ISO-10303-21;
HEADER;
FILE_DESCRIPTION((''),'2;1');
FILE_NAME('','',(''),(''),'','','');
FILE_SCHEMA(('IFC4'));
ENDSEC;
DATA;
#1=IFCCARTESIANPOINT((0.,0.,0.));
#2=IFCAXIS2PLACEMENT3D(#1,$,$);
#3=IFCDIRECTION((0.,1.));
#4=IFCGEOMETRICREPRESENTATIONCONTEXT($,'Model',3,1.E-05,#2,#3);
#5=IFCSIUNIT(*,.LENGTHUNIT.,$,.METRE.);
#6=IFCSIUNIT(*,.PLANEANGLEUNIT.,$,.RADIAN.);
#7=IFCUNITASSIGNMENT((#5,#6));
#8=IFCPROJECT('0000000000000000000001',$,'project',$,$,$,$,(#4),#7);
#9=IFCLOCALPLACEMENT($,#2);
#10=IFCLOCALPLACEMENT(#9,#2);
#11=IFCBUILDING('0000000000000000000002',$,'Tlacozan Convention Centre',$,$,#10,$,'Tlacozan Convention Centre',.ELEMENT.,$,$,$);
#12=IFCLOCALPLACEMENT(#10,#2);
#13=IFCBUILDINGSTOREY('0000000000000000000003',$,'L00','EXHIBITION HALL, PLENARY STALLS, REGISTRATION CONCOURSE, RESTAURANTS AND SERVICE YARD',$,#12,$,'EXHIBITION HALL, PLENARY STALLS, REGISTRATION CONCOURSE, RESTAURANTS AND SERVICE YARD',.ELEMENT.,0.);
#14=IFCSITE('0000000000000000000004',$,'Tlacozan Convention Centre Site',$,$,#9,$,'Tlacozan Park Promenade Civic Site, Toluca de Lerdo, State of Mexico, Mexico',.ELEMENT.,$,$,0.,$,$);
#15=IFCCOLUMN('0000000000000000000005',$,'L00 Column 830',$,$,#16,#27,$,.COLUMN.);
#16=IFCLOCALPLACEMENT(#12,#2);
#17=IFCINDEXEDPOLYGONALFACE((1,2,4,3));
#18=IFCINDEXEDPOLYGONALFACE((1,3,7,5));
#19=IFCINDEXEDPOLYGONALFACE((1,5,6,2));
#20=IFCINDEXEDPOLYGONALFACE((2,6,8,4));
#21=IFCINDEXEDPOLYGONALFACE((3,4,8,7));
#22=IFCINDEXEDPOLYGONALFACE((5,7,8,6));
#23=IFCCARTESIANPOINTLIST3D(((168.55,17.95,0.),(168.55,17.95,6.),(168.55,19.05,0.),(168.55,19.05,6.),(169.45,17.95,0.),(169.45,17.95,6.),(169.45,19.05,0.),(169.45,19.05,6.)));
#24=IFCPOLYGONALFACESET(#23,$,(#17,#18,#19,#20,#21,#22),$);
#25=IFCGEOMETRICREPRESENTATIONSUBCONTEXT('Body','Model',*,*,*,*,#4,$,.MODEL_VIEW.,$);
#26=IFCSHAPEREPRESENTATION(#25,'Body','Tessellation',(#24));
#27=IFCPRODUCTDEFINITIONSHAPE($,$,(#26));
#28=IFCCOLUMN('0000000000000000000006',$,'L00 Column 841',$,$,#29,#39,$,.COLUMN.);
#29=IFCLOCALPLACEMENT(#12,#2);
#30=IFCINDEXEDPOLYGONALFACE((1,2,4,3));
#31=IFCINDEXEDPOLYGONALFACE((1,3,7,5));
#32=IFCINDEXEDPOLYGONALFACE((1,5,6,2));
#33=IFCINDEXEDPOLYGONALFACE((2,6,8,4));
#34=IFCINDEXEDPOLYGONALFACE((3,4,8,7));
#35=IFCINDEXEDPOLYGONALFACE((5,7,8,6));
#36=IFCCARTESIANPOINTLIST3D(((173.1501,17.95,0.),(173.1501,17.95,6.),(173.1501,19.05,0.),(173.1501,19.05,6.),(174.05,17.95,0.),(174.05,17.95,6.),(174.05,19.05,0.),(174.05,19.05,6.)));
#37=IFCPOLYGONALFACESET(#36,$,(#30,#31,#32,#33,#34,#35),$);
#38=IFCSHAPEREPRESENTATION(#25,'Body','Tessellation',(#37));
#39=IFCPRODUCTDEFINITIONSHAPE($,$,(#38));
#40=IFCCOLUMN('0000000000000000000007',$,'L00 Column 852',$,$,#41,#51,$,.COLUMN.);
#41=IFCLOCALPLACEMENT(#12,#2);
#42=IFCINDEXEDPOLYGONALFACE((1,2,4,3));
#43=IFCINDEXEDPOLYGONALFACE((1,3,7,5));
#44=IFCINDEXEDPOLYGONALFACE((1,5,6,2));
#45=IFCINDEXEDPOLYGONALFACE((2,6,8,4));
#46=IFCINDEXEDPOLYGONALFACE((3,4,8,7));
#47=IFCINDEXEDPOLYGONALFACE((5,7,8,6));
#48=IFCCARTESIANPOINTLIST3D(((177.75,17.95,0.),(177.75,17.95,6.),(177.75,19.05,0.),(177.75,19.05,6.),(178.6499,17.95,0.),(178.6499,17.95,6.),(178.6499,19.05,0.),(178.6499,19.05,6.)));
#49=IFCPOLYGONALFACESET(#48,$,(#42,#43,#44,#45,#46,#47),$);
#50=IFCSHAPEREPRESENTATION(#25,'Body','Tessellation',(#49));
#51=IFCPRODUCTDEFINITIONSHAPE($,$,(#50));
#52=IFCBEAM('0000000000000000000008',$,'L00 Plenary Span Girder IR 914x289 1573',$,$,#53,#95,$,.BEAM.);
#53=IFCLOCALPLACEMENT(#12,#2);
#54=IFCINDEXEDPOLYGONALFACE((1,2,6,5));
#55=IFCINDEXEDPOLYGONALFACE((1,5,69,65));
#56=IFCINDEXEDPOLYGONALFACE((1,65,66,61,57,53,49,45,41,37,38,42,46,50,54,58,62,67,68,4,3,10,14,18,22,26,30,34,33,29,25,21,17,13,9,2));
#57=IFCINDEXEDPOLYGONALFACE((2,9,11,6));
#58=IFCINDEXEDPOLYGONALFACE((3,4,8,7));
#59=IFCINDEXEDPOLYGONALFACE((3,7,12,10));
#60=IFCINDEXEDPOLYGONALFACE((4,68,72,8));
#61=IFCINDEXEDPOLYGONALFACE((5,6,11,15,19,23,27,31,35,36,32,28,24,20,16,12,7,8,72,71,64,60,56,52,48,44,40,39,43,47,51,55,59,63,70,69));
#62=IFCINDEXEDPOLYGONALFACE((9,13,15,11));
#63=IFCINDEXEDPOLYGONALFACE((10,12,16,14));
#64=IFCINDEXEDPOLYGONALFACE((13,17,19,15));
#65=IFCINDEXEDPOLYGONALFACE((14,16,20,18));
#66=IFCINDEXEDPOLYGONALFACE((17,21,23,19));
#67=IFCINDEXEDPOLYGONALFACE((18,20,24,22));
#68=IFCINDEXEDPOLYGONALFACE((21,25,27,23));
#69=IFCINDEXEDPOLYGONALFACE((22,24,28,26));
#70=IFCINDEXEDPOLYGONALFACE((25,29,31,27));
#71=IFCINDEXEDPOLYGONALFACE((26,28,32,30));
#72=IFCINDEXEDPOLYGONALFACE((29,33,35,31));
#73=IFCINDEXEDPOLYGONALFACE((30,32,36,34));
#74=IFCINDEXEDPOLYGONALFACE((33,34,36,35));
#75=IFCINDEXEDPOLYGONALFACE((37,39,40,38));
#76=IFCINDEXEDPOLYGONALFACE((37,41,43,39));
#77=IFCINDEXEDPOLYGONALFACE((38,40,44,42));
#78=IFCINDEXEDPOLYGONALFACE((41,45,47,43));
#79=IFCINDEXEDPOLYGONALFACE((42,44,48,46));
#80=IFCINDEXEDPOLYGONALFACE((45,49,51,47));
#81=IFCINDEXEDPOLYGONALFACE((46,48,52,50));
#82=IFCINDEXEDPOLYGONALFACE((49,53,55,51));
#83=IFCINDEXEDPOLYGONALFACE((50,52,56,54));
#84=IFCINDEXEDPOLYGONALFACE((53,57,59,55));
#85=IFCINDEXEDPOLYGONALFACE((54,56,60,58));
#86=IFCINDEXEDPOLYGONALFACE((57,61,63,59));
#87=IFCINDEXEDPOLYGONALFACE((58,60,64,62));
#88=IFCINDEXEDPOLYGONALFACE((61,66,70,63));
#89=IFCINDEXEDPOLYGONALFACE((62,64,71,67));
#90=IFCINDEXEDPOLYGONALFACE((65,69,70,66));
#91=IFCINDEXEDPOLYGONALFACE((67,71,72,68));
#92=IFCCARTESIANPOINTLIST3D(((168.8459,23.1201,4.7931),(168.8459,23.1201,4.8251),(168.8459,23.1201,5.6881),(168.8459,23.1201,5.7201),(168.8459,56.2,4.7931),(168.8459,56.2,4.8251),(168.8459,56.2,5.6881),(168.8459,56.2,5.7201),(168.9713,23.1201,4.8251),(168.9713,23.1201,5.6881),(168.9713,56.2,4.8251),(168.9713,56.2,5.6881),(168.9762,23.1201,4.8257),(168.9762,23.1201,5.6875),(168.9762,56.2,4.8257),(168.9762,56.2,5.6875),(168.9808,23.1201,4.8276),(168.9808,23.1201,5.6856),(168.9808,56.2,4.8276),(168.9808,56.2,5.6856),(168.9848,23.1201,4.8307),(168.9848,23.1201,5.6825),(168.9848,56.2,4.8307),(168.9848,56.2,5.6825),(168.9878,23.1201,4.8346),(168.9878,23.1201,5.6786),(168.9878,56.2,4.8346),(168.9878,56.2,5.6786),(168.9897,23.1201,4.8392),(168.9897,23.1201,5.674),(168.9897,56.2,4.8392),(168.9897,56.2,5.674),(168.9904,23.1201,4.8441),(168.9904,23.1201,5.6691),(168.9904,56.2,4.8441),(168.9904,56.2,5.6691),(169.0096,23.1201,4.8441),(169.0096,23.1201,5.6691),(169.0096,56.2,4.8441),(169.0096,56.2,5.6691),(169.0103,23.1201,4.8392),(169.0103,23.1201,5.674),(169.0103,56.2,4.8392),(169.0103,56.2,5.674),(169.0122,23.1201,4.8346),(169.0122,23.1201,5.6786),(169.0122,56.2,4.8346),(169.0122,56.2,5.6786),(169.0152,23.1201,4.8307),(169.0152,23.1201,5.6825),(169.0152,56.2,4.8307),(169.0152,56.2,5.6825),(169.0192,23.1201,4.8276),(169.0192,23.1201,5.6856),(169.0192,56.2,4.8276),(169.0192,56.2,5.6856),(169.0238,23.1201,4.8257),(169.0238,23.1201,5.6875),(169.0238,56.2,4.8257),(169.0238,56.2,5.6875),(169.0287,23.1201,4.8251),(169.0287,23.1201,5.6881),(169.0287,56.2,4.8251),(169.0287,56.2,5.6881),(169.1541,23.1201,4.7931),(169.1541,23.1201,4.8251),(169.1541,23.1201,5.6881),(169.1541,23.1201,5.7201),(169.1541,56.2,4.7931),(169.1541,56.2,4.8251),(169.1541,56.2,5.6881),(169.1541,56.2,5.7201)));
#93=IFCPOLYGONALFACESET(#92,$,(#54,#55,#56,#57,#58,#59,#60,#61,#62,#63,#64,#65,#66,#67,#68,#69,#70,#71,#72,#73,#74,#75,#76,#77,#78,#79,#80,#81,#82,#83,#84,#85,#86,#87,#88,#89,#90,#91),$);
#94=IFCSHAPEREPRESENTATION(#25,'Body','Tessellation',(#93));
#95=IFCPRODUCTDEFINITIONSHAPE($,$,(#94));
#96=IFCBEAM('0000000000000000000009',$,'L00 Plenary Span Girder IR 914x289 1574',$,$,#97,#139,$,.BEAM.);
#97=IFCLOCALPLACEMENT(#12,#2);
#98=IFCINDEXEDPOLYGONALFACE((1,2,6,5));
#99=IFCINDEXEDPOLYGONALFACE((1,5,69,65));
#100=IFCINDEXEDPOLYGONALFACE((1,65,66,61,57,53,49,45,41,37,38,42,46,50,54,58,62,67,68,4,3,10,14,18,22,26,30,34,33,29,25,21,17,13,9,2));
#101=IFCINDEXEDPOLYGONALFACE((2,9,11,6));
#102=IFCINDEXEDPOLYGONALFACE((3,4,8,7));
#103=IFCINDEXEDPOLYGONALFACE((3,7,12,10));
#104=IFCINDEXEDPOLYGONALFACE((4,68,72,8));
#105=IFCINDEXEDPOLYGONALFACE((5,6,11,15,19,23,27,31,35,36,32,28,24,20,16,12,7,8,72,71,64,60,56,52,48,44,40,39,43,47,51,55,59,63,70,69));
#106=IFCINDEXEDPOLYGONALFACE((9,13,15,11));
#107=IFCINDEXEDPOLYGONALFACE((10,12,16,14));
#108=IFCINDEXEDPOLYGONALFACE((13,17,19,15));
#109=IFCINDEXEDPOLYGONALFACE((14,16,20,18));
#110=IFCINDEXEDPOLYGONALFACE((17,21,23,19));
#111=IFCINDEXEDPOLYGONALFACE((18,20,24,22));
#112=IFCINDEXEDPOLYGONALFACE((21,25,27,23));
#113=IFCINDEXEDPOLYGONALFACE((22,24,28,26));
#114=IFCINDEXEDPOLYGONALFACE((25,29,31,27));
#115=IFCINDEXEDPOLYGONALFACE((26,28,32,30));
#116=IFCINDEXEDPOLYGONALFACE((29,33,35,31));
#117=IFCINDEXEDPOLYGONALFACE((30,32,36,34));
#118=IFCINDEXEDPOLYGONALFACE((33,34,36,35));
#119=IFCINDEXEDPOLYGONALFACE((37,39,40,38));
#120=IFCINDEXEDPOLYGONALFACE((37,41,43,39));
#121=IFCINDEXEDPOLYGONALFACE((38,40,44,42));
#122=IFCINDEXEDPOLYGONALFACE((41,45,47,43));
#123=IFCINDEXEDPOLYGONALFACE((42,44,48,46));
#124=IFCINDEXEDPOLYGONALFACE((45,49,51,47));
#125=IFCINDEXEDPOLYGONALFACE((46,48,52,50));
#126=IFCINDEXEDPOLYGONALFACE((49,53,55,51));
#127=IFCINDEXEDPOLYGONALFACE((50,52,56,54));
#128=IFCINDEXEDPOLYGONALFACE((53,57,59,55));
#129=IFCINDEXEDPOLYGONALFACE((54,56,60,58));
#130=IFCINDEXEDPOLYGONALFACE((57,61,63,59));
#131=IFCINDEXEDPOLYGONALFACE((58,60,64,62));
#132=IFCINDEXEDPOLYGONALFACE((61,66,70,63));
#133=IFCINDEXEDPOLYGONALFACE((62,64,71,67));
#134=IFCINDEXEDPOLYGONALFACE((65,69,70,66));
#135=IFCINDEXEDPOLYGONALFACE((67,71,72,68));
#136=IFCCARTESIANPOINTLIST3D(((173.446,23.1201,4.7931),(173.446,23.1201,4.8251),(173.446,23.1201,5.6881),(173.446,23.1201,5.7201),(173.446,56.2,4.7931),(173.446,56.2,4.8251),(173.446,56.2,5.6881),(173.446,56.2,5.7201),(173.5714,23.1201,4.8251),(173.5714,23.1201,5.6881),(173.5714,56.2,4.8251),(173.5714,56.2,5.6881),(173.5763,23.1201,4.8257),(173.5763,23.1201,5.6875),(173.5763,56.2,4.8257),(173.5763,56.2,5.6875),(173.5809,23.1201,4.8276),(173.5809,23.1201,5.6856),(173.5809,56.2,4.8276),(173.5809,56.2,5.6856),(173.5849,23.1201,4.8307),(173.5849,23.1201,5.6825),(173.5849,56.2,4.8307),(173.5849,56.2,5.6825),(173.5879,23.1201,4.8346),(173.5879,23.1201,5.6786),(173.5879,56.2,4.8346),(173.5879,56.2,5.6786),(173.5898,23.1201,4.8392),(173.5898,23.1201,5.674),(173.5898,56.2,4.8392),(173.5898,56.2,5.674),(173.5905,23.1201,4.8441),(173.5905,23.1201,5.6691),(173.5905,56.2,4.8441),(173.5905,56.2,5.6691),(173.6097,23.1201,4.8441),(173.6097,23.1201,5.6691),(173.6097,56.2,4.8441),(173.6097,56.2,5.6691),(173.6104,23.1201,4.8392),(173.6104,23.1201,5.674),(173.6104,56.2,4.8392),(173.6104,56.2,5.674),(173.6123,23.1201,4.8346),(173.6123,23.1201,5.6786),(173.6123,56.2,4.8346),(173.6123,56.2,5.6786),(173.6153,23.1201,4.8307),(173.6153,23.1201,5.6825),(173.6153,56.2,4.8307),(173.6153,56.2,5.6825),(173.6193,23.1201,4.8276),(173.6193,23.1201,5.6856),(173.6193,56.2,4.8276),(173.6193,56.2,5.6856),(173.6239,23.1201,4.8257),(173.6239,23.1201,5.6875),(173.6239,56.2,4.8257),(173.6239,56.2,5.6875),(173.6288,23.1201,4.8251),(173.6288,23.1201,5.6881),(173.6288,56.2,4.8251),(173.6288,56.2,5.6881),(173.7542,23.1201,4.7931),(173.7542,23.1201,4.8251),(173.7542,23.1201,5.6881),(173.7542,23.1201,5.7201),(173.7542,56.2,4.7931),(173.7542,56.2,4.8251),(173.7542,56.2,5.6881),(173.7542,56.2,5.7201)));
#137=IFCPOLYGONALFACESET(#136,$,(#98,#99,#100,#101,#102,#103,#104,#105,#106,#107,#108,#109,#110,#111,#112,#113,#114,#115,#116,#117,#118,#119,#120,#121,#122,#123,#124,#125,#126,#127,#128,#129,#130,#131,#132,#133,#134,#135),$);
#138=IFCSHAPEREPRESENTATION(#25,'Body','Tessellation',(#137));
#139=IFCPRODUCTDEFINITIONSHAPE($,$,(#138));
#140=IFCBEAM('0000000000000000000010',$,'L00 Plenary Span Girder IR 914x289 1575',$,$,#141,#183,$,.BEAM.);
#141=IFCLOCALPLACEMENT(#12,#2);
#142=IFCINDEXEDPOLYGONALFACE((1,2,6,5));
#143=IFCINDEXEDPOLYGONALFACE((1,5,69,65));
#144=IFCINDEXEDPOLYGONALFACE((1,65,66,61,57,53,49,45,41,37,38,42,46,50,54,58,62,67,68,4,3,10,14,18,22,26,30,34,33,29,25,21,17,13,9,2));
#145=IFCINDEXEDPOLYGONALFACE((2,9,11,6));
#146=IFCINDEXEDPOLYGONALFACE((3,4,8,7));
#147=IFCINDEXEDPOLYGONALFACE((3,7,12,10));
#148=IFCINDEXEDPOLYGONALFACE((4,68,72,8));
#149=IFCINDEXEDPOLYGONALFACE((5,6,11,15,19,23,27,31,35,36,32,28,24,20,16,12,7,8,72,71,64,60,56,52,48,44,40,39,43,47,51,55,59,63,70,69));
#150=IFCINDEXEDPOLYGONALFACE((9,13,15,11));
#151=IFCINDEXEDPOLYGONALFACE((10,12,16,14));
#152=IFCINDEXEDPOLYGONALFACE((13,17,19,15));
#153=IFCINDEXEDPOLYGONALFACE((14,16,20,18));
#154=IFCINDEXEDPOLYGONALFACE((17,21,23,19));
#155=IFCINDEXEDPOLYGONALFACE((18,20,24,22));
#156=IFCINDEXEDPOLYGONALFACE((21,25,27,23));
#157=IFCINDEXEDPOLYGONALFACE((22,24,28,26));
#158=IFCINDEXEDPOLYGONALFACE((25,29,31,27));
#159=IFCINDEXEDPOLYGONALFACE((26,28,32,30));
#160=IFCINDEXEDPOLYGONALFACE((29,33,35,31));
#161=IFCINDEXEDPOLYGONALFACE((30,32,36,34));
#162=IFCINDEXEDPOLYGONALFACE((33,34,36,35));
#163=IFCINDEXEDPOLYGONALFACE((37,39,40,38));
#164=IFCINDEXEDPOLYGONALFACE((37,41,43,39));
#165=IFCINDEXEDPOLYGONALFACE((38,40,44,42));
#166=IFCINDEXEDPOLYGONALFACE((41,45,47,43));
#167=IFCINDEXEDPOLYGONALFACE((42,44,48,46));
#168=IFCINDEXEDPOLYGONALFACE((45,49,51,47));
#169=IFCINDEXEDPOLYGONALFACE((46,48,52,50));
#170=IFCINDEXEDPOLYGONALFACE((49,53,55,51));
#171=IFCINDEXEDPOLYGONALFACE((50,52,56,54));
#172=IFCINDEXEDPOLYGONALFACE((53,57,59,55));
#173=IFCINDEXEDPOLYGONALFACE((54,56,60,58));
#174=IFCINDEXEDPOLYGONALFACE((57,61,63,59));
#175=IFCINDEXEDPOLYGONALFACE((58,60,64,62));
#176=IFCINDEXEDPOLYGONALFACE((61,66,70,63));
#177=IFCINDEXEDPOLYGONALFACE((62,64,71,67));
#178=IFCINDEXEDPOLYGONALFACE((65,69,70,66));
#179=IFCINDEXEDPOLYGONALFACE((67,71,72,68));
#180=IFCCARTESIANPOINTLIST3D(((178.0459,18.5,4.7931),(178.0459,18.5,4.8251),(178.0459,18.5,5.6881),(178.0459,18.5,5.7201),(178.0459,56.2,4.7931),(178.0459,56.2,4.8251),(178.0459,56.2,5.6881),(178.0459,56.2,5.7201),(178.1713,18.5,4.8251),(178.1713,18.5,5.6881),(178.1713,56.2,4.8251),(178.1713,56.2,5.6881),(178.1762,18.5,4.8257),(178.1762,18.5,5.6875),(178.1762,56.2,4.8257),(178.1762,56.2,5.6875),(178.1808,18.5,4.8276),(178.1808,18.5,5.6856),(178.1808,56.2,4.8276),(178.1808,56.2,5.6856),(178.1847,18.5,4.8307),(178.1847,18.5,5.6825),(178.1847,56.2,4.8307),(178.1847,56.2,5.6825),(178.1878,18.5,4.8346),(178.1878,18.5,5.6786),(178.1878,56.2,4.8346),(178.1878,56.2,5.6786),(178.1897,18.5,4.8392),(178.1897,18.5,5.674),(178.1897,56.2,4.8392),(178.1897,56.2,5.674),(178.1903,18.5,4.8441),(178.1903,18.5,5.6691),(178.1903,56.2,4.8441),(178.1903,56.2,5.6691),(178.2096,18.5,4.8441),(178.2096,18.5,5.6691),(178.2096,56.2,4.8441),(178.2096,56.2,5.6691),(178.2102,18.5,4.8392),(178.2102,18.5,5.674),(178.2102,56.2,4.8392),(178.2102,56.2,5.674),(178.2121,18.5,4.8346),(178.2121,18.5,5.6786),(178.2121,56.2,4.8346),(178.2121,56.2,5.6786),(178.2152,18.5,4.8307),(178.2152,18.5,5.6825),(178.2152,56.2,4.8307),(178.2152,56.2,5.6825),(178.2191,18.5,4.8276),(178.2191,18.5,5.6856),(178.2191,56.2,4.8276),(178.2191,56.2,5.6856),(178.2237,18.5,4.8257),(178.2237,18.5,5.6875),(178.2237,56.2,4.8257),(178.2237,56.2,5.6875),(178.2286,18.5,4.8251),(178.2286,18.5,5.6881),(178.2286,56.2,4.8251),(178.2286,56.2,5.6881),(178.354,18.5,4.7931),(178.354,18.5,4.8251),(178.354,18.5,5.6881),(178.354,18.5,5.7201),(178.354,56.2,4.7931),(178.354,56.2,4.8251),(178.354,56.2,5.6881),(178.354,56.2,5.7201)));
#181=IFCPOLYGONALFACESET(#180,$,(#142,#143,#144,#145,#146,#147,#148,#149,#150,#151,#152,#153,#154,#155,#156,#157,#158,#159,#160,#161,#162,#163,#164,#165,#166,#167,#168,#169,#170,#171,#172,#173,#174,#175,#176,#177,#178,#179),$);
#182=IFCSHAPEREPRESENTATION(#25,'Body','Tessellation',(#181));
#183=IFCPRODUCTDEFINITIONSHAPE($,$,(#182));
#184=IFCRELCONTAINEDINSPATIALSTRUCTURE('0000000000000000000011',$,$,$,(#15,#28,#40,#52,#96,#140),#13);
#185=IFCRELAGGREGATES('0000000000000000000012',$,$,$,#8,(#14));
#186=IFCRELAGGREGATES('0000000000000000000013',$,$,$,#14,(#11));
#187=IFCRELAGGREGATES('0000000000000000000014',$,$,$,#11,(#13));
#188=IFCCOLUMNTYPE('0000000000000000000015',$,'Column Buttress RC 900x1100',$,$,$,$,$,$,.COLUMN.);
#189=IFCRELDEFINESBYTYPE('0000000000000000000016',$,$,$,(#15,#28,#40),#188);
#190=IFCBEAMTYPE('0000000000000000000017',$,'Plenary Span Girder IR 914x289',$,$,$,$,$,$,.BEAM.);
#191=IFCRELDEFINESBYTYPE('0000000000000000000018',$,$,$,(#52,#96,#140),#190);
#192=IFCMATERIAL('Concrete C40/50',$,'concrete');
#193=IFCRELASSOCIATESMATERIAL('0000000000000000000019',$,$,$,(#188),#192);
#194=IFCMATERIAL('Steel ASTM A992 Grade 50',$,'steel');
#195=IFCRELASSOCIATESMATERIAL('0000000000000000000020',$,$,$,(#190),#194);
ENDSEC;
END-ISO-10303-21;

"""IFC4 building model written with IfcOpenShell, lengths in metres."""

from ifc_helpers import new_model, si_unit, direction, frame, origin, origin_2d, place, context, subcontext, project, spatial, rectangle, i_section, extrude, material, material_profile, profile_set, type_object, element, save


model = new_model("IFC4")

# Units and contexts
model_context = context("Model", 3, precision=1e-05, world=origin(), true_north=direction((0.0, 1.0)))
body_context = subcontext(model_context, "Body", "Model", "MODEL_VIEW")
ifc_project = project(units=[si_unit("LENGTHUNIT", "METRE"), si_unit("PLANEANGLEUNIT", "RADIAN")], contexts=[model_context])

# Site, building, storey
site_placement = place(None, origin())
site = spatial("IfcSite", under=ifc_project, at=site_placement, Name="Tlacozan Convention Centre Site", LongName="Tlacozan Park Promenade Civic Site, Toluca de Lerdo, State of Mexico, Mexico", CompositionType="ELEMENT", RefElevation=0.0)
building_placement = place(site_placement, origin())
building = spatial("IfcBuilding", under=site, at=building_placement, Name="Tlacozan Convention Centre", LongName="Tlacozan Convention Centre", CompositionType="ELEMENT")
storey_placement = place(building_placement, origin())
storey = spatial("IfcBuildingStorey", under=building, at=storey_placement, Name="L00", Description="EXHIBITION HALL, PLENARY STALLS, REGISTRATION CONCOURSE, RESTAURANTS AND SERVICE YARD", LongName="EXHIBITION HALL, PLENARY STALLS, REGISTRATION CONCOURSE, RESTAURANTS AND SERVICE YARD", CompositionType="ELEMENT", Elevation=0.0)

# Columns
ifc_material_1 = material(Name="Concrete C40/50", Category="concrete")
ifc_material_profile_1 = material_profile(ifc_material_1, rectangle(XDim=0.8999, YDim=1.1001, at=origin_2d()), Name="RC 900x1100")
ifc_profile_set_1 = profile_set([ifc_material_profile_1], Name="Concrete C40/50")
column_type = type_object("IfcColumnType", Name="Column Buttress RC 900x1100", PredefinedType="COLUMN", material=ifc_profile_set_1)
for number, where, z_axis, x_axis, name in (
    (1, (169.0, 18.5, 0.0), (0.0, 0.0, 1.0), (1.0, 0.0, 0.0), "L00 Column 830"),
    (2, (173.6001, 18.5, 0.0), (0.0, 0.0, 1.0), (1.0, 0.0, 0.0), "L00 Column 841"),
    (3, (178.2, 18.5, 0.0), (0.0, 0.0, 1.0), (1.0, 0.0, 0.0), "L00 Column 852"),
):
    element("IfcColumn", number, at=place(storey_placement, frame(where, z_axis=z_axis, x_axis=x_axis)), inside=storey, type_object=column_type, Name=name, PredefinedType="COLUMN", context=body_context, shape_type="SweptSolid", body=[
        extrude(rectangle(XDim=0.8999, YDim=1.1001, at=origin_2d()), origin(), (0.0, 0.0, 1.0), 6.0),
    ])

# Beams
ifc_material_2 = material(Name="Steel ASTM A992 Grade 50", Category="steel")
ifc_material_profile_2 = material_profile(ifc_material_2, i_section(OverallWidth=0.3081, OverallDepth=0.927, WebThickness=0.0193, FlangeThickness=0.032, FilletRadius=0.019, at=origin_2d()), Name="IR 914x289.0")
ifc_profile_set_2 = profile_set([ifc_material_profile_2], Name="Steel ASTM A992 Grade 50")
beam_type_1 = type_object("IfcBeamType", Name="Plenary Span Girder IR 914x289", PredefinedType="BEAM", material=ifc_profile_set_2)
for number, where, z_axis, x_axis, name in (
    (4, (169.0, 23.1201, 5.2566), (0.0, 1.0, 0.0), (-1.0, 0.0, 0.0), "L00 Plenary Span Girder IR 914x289 1573"),
    (5, (173.6001, 23.1201, 5.2566), (0.0, 1.0, 0.0), (-1.0, 0.0, 0.0), "L00 Plenary Span Girder IR 914x289 1574"),
):
    element("IfcBeam", number, at=place(storey_placement, frame(where, z_axis=z_axis, x_axis=x_axis)), inside=storey, type_object=beam_type_1, Name=name, PredefinedType="BEAM", context=body_context, shape_type="SweptSolid", body=[
        extrude(i_section(OverallWidth=0.3081, OverallDepth=0.927, WebThickness=0.0193, FlangeThickness=0.032, FilletRadius=0.019, at=origin_2d()), origin(), (0.0, 0.0, 1.0), 33.0798),
    ])
beam_1_placement = place(storey_placement, frame((178.2, 18.5, 5.2566), z_axis=(0.0, 1.0, 0.0), x_axis=(-1.0, 0.0, 0.0)))
element("IfcBeam", 6, at=beam_1_placement, inside=storey, type_object=beam_type_1, Name="L00 Plenary Span Girder IR 914x289 1575", PredefinedType="BEAM", context=body_context, shape_type="SweptSolid", body=[
    extrude(i_section(OverallWidth=0.3081, OverallDepth=0.927, WebThickness=0.0193, FlangeThickness=0.032, FilletRadius=0.019, at=origin_2d()), origin(), (0.0, 0.0, 1.0), 37.7),
])

save(model, "model.ifc")
